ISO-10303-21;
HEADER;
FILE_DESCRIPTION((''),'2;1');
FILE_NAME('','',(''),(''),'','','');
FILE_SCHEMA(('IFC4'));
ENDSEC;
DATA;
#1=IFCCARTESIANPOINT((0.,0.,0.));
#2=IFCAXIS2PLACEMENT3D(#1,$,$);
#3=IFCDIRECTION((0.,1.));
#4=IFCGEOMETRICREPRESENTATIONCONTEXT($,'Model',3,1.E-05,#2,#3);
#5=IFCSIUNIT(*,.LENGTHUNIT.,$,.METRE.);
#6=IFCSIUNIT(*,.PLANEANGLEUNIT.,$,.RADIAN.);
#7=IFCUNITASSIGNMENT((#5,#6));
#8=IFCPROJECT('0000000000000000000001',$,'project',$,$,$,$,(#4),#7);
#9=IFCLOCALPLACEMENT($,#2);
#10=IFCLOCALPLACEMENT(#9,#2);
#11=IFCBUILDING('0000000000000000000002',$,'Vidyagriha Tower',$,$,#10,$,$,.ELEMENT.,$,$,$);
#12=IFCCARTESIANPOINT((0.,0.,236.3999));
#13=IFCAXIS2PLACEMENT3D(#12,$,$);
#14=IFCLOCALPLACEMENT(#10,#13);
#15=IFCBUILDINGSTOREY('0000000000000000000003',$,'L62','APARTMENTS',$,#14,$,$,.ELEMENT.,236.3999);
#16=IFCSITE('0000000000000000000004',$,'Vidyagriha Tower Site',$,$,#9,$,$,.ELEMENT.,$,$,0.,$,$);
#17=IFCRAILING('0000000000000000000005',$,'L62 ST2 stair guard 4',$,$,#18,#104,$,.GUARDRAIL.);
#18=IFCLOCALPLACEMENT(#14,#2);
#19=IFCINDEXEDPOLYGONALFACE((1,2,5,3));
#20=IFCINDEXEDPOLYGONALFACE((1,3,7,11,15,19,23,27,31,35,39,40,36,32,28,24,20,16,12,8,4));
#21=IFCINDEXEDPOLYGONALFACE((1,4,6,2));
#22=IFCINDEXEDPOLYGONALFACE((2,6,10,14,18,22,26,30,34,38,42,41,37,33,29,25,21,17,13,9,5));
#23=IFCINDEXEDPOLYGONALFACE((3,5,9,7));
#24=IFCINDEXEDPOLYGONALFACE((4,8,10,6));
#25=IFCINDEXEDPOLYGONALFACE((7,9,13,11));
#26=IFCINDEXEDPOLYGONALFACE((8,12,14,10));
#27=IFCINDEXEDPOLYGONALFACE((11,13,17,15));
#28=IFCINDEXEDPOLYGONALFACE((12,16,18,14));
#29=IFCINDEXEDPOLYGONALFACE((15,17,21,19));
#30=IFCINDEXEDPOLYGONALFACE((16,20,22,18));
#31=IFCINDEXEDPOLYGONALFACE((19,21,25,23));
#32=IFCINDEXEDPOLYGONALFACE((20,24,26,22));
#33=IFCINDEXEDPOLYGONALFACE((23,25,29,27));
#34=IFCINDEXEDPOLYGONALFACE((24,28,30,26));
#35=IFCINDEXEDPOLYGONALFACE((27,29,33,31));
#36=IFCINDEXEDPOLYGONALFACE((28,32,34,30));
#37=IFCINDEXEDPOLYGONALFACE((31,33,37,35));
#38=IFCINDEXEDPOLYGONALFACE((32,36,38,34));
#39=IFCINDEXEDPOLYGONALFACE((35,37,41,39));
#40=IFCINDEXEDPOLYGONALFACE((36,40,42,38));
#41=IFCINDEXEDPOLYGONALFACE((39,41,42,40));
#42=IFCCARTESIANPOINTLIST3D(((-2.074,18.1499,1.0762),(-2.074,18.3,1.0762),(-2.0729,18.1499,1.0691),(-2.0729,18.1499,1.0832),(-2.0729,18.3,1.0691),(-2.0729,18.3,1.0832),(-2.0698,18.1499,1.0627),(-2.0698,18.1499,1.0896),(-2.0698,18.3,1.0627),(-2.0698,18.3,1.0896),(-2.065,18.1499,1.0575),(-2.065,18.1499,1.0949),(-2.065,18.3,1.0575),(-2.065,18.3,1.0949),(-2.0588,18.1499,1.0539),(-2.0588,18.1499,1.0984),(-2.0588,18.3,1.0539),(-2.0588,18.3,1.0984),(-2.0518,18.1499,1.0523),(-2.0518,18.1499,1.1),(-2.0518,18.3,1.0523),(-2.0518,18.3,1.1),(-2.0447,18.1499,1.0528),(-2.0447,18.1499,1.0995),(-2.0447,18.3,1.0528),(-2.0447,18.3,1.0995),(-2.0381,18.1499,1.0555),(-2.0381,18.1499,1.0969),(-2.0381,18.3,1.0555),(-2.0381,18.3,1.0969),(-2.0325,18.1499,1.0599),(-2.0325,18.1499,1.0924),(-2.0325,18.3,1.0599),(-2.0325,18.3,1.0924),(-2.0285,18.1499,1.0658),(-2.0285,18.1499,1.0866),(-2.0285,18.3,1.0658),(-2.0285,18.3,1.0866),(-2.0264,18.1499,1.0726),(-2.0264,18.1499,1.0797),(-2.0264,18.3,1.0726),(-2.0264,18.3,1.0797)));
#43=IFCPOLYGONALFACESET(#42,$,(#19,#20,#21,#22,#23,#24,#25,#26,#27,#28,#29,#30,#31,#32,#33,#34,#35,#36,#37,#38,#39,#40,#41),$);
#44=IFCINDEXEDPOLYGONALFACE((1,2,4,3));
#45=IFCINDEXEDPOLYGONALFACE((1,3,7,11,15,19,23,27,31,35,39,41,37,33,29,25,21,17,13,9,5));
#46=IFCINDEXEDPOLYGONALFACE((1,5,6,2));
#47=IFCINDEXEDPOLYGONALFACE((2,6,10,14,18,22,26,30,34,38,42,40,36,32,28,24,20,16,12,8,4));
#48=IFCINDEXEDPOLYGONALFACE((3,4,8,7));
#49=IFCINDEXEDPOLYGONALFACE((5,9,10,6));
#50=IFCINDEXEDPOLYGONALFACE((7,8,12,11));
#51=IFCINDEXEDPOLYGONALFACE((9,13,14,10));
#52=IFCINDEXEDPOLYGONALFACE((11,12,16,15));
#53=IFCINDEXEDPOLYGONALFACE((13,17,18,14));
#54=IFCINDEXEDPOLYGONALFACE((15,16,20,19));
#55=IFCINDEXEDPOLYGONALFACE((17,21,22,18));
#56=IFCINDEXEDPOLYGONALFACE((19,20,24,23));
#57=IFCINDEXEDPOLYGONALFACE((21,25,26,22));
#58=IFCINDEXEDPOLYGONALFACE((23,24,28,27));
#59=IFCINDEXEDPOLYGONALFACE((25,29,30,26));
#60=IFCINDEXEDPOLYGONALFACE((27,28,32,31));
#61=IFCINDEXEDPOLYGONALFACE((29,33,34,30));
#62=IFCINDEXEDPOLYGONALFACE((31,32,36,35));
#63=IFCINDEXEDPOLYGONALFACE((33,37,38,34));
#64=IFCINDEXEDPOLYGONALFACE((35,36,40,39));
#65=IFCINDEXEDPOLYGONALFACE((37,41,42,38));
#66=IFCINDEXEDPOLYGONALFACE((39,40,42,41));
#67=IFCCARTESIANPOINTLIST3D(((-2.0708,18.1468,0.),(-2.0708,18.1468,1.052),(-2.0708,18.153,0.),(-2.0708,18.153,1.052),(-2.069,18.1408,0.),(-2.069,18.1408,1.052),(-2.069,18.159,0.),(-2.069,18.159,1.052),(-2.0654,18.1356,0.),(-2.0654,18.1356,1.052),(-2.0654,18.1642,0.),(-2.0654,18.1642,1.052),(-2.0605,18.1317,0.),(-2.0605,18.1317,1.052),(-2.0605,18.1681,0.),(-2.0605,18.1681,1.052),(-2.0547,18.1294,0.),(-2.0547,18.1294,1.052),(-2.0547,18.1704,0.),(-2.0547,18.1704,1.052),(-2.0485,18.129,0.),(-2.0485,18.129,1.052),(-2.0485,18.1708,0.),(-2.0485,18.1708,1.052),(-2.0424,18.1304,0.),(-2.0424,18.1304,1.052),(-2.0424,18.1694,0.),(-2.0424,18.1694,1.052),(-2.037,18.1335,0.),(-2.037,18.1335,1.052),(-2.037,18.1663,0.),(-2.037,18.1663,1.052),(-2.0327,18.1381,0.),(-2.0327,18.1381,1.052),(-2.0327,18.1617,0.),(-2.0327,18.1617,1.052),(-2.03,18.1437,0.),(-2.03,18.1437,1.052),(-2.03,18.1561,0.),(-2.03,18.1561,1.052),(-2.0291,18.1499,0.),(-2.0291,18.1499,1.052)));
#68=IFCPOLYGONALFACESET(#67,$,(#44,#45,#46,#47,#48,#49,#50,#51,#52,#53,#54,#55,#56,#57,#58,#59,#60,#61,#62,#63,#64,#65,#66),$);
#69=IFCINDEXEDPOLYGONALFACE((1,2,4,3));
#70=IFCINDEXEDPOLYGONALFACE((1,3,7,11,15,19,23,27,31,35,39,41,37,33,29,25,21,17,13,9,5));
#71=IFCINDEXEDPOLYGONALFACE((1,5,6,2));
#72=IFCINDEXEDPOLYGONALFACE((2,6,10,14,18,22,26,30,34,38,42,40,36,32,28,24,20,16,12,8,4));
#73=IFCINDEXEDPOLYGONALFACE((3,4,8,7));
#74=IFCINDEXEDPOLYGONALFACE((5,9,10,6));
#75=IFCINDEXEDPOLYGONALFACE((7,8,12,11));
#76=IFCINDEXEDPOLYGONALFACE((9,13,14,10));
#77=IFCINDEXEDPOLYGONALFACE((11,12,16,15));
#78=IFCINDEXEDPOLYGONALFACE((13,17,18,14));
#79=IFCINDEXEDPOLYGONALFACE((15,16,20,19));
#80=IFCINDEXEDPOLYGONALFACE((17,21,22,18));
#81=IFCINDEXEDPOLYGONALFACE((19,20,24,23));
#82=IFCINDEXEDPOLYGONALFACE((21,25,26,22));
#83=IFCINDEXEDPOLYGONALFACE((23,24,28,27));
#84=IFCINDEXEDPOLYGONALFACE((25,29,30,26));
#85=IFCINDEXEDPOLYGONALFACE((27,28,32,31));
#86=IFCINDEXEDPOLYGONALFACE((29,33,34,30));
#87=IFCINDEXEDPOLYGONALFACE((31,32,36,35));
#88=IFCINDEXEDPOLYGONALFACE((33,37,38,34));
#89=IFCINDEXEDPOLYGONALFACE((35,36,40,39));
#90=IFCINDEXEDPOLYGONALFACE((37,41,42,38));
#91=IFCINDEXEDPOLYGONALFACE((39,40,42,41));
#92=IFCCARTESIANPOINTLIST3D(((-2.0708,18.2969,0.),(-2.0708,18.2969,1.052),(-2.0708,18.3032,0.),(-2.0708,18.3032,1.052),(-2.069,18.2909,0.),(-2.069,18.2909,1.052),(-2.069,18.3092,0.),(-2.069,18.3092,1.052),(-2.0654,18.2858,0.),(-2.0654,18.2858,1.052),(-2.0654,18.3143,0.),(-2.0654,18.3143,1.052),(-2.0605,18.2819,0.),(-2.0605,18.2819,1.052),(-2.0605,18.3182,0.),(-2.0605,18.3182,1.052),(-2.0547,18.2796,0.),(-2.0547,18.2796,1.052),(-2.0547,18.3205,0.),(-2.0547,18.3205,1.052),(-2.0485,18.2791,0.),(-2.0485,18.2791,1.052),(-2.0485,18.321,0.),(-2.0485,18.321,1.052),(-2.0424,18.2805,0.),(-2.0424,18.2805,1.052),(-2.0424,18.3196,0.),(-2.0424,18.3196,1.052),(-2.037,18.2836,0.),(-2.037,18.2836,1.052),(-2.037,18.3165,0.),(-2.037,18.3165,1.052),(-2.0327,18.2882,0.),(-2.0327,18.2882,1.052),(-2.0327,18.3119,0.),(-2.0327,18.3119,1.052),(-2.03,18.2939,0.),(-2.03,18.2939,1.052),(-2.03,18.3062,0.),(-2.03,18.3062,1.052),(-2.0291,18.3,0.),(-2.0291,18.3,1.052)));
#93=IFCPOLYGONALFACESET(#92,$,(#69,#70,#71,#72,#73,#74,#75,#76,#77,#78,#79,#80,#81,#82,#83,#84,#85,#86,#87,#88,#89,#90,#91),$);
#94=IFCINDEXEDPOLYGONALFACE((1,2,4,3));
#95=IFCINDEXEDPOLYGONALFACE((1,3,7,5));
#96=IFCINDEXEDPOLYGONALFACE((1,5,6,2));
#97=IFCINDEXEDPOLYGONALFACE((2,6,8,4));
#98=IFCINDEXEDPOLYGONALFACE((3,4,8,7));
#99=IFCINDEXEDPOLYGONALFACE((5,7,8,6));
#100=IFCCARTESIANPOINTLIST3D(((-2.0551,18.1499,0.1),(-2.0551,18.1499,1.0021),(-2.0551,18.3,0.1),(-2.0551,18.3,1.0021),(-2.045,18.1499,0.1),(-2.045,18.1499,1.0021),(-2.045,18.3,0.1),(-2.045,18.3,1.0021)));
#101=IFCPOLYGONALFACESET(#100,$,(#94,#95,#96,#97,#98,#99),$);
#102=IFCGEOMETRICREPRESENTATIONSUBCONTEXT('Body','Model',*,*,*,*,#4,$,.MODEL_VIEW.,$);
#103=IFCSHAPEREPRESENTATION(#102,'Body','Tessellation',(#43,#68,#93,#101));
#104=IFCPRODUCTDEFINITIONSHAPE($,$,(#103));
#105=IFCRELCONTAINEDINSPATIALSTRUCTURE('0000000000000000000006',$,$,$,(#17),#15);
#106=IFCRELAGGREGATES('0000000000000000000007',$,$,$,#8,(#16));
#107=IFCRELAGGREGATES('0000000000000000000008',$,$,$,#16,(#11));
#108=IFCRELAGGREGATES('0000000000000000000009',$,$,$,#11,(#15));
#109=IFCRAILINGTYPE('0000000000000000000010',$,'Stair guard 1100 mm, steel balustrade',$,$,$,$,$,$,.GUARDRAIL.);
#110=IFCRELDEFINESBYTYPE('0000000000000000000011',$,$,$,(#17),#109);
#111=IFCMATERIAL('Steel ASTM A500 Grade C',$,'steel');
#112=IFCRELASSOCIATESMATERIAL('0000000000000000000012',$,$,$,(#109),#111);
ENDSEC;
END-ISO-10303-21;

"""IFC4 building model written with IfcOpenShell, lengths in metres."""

from ifc_helpers import new_model, si_unit, direction, frame, origin, origin_2d, place, context, subcontext, project, spatial, rectangle, circle, extrude, material, type_object, element, save


model = new_model("IFC4")

# Units and contexts
model_context = context("Model", 3, precision=1e-05, world=origin(), true_north=direction((0.0, 1.0)))
body_context = subcontext(model_context, "Body", "Model", "MODEL_VIEW")
ifc_project = project(units=[si_unit("LENGTHUNIT", "METRE"), si_unit("PLANEANGLEUNIT", "RADIAN")], contexts=[model_context])

# Site, building, storey
site_placement = place(None, origin())
site = spatial("IfcSite", under=ifc_project, at=site_placement, Name="Vidyagriha Tower Site", CompositionType="ELEMENT", RefElevation=0.0)
building_placement = place(site_placement, origin())
building = spatial("IfcBuilding", under=site, at=building_placement, Name="Vidyagriha Tower", CompositionType="ELEMENT")
storey_placement = place(building_placement, frame((0.0, 0.0, 236.3999)))
storey = spatial("IfcBuildingStorey", under=building, at=storey_placement, Name="L62", Description="APARTMENTS", CompositionType="ELEMENT", Elevation=236.3999)

# Railing
ifc_material_1 = material(Name="Steel ASTM A500 Grade C", Category="steel")
railing_type_1 = type_object("IfcRailingType", Name="Stair guard 1100 mm, steel balustrade", PredefinedType="GUARDRAIL", material=ifc_material_1)
railing_1_placement = place(storey_placement, frame((-2.05, 18.1499, 0.0)))
element("IfcRailing", 1, at=railing_1_placement, inside=storey, type_object=railing_type_1, Name="L62 ST2 stair guard 4", PredefinedType="GUARDRAIL", context=body_context, shape_type="SweptSolid", body=[
    extrude(circle(Radius=0.0239, at=origin_2d()), frame((0.0, 0.0, 1.0762), z_axis=(0.0, 1.0, 0.0), x_axis=(-1.0, 0.0, 0.0)), (0.0, 0.0, 1.0), 0.1501),
    extrude(circle(Radius=0.021, at=origin_2d()), origin(), (0.0, 0.0, 1.0), 1.052),
    extrude(circle(Radius=0.021, at=origin_2d()), frame((0.0, 0.1501, 0.0)), (0.0, 0.0, 1.0), 1.052),
    extrude(rectangle(XDim=0.01, YDim=0.9021, at=origin_2d()), frame((0.0, 0.0, 0.551), z_axis=(0.0, 1.0, 0.0), x_axis=(-1.0, 0.0, 0.0)), (0.0, 0.0, 1.0), 0.1501),
])

save(model, "model.ifc")
